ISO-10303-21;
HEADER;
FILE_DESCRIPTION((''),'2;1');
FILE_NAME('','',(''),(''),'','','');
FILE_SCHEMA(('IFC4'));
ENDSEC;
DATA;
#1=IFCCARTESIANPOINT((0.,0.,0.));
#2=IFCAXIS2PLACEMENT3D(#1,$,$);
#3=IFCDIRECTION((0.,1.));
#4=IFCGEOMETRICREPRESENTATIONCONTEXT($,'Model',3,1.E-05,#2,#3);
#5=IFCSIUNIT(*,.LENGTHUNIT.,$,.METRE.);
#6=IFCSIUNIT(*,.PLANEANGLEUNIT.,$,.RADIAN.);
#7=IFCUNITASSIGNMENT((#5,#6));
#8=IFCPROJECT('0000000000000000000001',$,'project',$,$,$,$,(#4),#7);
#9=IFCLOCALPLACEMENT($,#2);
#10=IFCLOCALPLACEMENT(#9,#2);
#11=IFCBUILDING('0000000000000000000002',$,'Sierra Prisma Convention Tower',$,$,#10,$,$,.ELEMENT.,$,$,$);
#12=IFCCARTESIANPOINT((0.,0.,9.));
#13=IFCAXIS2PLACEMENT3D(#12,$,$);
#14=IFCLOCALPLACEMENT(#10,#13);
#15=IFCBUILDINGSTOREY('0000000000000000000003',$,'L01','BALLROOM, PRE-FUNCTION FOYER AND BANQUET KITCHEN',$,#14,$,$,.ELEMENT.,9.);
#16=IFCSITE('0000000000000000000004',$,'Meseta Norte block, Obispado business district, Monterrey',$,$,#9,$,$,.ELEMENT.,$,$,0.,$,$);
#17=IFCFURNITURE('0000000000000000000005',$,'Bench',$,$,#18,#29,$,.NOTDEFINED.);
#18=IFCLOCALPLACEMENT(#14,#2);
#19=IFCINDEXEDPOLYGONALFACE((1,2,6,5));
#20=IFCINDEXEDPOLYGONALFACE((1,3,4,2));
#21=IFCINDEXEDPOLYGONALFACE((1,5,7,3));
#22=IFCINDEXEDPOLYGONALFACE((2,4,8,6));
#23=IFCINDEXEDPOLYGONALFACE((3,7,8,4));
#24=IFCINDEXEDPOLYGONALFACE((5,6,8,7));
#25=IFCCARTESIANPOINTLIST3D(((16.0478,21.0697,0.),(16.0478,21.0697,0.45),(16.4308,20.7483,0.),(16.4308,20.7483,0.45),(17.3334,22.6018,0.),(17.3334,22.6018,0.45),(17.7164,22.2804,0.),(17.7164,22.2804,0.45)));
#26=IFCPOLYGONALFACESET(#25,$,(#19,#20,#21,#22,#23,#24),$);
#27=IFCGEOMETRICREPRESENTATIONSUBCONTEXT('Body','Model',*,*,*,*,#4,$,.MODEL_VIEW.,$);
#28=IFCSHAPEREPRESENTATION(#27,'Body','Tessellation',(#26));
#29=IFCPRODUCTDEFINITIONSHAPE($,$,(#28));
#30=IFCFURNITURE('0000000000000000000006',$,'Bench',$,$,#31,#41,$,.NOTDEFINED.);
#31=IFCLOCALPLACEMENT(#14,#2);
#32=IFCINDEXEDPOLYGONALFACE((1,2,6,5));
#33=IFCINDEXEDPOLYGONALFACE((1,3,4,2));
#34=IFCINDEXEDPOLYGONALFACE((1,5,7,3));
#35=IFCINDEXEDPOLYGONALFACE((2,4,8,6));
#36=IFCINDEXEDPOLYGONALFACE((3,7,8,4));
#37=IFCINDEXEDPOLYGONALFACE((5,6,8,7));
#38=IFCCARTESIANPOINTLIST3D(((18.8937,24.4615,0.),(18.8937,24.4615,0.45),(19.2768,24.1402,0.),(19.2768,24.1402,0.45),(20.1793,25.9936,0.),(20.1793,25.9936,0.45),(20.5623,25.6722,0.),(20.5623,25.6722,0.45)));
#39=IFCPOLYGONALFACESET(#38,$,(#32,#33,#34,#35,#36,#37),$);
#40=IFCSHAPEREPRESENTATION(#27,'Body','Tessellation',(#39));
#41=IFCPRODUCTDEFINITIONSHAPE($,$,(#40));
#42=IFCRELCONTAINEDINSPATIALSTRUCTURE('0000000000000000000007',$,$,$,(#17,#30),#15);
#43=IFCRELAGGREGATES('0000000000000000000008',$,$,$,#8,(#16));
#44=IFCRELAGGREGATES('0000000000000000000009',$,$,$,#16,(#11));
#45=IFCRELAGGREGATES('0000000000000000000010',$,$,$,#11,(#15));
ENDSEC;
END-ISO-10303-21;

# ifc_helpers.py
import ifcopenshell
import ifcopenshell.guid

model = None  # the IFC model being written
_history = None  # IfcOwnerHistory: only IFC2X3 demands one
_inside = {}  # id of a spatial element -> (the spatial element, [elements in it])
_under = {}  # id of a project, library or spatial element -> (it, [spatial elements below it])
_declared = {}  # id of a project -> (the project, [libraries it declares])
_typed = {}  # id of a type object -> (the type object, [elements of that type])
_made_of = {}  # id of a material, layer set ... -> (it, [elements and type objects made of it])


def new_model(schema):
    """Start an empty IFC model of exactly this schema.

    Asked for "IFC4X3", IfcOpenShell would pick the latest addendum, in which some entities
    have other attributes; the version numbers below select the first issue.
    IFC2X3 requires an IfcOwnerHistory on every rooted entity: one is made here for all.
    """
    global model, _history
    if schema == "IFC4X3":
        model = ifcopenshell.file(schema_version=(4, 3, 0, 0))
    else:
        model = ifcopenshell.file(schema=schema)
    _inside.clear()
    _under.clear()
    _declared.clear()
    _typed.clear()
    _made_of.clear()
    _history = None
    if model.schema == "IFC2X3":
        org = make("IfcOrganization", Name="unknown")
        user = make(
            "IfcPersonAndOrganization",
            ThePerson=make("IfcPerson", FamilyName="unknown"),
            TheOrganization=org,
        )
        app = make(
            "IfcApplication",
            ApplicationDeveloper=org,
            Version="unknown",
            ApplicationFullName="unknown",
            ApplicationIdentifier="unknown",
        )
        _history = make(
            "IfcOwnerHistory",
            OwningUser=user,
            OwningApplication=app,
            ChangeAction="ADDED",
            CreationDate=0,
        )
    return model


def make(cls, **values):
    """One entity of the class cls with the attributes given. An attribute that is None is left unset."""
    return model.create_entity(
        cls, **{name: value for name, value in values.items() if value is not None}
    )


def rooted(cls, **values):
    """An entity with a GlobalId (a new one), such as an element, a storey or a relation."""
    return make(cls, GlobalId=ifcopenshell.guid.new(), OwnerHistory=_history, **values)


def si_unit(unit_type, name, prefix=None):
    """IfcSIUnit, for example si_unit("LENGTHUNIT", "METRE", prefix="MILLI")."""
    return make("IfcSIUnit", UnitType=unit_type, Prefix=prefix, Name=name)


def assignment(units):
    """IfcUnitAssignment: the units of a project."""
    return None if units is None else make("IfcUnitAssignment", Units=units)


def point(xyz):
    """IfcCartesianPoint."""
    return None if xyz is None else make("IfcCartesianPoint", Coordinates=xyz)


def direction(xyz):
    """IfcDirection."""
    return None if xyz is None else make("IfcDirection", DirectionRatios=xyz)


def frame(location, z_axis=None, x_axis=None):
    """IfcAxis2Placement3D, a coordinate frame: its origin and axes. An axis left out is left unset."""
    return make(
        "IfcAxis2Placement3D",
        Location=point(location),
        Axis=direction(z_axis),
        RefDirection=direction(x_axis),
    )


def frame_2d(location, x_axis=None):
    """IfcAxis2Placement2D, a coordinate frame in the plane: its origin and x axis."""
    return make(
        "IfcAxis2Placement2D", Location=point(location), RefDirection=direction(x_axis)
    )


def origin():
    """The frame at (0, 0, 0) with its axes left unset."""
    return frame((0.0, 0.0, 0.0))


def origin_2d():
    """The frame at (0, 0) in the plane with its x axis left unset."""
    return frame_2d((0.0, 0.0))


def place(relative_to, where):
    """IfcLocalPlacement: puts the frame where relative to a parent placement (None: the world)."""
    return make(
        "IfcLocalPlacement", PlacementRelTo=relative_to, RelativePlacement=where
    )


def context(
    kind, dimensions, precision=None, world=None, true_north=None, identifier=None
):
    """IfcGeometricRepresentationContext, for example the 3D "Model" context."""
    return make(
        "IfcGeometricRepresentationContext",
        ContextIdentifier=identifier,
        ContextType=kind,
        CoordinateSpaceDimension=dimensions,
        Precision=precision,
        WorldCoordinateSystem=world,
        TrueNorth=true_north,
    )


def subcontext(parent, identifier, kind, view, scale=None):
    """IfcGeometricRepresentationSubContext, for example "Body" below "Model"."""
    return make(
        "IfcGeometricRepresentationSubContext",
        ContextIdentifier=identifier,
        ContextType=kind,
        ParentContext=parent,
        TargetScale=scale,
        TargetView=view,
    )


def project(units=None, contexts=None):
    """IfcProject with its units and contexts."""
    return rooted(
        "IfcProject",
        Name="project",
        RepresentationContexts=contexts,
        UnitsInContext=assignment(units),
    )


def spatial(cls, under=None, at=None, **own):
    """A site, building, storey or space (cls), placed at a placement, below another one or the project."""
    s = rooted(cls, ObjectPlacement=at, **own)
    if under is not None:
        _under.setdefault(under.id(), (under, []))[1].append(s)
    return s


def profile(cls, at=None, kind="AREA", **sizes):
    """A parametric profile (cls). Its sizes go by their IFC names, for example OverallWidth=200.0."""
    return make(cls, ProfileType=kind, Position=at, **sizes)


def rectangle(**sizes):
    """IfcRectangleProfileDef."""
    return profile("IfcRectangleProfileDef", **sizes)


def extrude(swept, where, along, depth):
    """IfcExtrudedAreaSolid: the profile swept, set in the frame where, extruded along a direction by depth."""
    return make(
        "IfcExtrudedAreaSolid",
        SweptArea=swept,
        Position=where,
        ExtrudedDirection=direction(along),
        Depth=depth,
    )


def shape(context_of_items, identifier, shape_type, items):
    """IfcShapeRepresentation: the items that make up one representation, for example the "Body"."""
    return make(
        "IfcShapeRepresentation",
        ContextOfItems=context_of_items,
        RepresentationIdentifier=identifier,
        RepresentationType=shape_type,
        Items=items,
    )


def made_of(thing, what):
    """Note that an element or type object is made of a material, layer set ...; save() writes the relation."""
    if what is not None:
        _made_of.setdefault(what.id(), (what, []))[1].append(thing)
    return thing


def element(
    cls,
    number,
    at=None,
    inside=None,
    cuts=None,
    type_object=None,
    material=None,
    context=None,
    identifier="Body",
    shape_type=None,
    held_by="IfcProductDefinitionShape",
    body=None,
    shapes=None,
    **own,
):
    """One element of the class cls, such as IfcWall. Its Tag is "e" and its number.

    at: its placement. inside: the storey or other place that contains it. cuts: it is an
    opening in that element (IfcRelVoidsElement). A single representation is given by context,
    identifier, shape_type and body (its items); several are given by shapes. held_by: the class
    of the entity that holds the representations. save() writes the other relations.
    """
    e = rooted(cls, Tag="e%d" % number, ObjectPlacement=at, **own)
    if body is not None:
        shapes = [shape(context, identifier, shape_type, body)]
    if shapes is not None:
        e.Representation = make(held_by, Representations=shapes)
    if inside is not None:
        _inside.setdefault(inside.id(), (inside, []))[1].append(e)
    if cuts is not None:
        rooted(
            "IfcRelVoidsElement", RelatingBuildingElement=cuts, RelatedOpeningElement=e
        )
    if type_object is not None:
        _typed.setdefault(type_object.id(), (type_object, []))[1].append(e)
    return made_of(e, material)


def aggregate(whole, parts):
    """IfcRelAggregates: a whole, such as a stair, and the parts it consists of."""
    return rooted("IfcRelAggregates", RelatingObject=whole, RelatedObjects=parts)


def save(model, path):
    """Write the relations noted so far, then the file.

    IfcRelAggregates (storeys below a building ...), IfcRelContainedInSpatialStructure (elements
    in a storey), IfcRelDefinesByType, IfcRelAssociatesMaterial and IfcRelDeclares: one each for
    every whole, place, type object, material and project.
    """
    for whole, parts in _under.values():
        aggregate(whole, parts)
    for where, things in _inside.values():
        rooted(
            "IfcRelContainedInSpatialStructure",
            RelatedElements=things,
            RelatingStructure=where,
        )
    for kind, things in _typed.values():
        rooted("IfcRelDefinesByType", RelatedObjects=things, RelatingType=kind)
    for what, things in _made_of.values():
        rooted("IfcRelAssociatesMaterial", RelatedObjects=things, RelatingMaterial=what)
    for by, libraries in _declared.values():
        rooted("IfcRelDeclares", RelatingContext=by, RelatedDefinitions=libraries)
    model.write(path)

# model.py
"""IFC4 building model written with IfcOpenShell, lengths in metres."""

from ifc_helpers import new_model, si_unit, direction, frame, origin, origin_2d, place, context, subcontext, project, spatial, rectangle, extrude, element, save


model = new_model("IFC4")

# Units and contexts
model_context = context("Model", 3, precision=1e-05, world=origin(), true_north=direction((0.0, 1.0)))
body_context = subcontext(model_context, "Body", "Model", "MODEL_VIEW")
ifc_project = project(units=[si_unit("LENGTHUNIT", "METRE"), si_unit("PLANEANGLEUNIT", "RADIAN")], contexts=[model_context])

# Site, building, storey
site_placement = place(None, origin())
site = spatial("IfcSite", under=ifc_project, at=site_placement, Name="Meseta Norte block, Obispado business district, Monterrey", CompositionType="ELEMENT", RefElevation=0.0)
building_placement = place(site_placement, origin())
building = spatial("IfcBuilding", under=site, at=building_placement, Name="Sierra Prisma Convention Tower", CompositionType="ELEMENT")
storey_placement = place(building_placement, frame((0.0, 0.0, 9.0)))
storey = spatial("IfcBuildingStorey", under=building, at=storey_placement, Name="L01", Description="BALLROOM, PRE-FUNCTION FOYER AND BANQUET KITCHEN", CompositionType="ELEMENT", Elevation=9.0)

# Furniture
for number, where, z_axis, x_axis, name in (
    (1, (16.8821, 21.675, 0.0), (0.0, 0.0, 1.0), (0.642788, 0.766044, 0.0), "Bench"),
    (2, (19.728, 25.0669, 0.0), (0.0, 0.0, 1.0), (0.642788, 0.766044, 0.0), "Bench"),
):
    element("IfcFurniture", number, at=place(storey_placement, frame(where, z_axis=z_axis, x_axis=x_axis)), inside=storey, Name=name, PredefinedType="NOTDEFINED", context=body_context, shape_type="SweptSolid", body=[
        extrude(rectangle(XDim=2.0, YDim=0.5, at=origin_2d()), origin(), (0.0, 0.0, 1.0), 0.45),
    ])

save(model, "model.ifc")
